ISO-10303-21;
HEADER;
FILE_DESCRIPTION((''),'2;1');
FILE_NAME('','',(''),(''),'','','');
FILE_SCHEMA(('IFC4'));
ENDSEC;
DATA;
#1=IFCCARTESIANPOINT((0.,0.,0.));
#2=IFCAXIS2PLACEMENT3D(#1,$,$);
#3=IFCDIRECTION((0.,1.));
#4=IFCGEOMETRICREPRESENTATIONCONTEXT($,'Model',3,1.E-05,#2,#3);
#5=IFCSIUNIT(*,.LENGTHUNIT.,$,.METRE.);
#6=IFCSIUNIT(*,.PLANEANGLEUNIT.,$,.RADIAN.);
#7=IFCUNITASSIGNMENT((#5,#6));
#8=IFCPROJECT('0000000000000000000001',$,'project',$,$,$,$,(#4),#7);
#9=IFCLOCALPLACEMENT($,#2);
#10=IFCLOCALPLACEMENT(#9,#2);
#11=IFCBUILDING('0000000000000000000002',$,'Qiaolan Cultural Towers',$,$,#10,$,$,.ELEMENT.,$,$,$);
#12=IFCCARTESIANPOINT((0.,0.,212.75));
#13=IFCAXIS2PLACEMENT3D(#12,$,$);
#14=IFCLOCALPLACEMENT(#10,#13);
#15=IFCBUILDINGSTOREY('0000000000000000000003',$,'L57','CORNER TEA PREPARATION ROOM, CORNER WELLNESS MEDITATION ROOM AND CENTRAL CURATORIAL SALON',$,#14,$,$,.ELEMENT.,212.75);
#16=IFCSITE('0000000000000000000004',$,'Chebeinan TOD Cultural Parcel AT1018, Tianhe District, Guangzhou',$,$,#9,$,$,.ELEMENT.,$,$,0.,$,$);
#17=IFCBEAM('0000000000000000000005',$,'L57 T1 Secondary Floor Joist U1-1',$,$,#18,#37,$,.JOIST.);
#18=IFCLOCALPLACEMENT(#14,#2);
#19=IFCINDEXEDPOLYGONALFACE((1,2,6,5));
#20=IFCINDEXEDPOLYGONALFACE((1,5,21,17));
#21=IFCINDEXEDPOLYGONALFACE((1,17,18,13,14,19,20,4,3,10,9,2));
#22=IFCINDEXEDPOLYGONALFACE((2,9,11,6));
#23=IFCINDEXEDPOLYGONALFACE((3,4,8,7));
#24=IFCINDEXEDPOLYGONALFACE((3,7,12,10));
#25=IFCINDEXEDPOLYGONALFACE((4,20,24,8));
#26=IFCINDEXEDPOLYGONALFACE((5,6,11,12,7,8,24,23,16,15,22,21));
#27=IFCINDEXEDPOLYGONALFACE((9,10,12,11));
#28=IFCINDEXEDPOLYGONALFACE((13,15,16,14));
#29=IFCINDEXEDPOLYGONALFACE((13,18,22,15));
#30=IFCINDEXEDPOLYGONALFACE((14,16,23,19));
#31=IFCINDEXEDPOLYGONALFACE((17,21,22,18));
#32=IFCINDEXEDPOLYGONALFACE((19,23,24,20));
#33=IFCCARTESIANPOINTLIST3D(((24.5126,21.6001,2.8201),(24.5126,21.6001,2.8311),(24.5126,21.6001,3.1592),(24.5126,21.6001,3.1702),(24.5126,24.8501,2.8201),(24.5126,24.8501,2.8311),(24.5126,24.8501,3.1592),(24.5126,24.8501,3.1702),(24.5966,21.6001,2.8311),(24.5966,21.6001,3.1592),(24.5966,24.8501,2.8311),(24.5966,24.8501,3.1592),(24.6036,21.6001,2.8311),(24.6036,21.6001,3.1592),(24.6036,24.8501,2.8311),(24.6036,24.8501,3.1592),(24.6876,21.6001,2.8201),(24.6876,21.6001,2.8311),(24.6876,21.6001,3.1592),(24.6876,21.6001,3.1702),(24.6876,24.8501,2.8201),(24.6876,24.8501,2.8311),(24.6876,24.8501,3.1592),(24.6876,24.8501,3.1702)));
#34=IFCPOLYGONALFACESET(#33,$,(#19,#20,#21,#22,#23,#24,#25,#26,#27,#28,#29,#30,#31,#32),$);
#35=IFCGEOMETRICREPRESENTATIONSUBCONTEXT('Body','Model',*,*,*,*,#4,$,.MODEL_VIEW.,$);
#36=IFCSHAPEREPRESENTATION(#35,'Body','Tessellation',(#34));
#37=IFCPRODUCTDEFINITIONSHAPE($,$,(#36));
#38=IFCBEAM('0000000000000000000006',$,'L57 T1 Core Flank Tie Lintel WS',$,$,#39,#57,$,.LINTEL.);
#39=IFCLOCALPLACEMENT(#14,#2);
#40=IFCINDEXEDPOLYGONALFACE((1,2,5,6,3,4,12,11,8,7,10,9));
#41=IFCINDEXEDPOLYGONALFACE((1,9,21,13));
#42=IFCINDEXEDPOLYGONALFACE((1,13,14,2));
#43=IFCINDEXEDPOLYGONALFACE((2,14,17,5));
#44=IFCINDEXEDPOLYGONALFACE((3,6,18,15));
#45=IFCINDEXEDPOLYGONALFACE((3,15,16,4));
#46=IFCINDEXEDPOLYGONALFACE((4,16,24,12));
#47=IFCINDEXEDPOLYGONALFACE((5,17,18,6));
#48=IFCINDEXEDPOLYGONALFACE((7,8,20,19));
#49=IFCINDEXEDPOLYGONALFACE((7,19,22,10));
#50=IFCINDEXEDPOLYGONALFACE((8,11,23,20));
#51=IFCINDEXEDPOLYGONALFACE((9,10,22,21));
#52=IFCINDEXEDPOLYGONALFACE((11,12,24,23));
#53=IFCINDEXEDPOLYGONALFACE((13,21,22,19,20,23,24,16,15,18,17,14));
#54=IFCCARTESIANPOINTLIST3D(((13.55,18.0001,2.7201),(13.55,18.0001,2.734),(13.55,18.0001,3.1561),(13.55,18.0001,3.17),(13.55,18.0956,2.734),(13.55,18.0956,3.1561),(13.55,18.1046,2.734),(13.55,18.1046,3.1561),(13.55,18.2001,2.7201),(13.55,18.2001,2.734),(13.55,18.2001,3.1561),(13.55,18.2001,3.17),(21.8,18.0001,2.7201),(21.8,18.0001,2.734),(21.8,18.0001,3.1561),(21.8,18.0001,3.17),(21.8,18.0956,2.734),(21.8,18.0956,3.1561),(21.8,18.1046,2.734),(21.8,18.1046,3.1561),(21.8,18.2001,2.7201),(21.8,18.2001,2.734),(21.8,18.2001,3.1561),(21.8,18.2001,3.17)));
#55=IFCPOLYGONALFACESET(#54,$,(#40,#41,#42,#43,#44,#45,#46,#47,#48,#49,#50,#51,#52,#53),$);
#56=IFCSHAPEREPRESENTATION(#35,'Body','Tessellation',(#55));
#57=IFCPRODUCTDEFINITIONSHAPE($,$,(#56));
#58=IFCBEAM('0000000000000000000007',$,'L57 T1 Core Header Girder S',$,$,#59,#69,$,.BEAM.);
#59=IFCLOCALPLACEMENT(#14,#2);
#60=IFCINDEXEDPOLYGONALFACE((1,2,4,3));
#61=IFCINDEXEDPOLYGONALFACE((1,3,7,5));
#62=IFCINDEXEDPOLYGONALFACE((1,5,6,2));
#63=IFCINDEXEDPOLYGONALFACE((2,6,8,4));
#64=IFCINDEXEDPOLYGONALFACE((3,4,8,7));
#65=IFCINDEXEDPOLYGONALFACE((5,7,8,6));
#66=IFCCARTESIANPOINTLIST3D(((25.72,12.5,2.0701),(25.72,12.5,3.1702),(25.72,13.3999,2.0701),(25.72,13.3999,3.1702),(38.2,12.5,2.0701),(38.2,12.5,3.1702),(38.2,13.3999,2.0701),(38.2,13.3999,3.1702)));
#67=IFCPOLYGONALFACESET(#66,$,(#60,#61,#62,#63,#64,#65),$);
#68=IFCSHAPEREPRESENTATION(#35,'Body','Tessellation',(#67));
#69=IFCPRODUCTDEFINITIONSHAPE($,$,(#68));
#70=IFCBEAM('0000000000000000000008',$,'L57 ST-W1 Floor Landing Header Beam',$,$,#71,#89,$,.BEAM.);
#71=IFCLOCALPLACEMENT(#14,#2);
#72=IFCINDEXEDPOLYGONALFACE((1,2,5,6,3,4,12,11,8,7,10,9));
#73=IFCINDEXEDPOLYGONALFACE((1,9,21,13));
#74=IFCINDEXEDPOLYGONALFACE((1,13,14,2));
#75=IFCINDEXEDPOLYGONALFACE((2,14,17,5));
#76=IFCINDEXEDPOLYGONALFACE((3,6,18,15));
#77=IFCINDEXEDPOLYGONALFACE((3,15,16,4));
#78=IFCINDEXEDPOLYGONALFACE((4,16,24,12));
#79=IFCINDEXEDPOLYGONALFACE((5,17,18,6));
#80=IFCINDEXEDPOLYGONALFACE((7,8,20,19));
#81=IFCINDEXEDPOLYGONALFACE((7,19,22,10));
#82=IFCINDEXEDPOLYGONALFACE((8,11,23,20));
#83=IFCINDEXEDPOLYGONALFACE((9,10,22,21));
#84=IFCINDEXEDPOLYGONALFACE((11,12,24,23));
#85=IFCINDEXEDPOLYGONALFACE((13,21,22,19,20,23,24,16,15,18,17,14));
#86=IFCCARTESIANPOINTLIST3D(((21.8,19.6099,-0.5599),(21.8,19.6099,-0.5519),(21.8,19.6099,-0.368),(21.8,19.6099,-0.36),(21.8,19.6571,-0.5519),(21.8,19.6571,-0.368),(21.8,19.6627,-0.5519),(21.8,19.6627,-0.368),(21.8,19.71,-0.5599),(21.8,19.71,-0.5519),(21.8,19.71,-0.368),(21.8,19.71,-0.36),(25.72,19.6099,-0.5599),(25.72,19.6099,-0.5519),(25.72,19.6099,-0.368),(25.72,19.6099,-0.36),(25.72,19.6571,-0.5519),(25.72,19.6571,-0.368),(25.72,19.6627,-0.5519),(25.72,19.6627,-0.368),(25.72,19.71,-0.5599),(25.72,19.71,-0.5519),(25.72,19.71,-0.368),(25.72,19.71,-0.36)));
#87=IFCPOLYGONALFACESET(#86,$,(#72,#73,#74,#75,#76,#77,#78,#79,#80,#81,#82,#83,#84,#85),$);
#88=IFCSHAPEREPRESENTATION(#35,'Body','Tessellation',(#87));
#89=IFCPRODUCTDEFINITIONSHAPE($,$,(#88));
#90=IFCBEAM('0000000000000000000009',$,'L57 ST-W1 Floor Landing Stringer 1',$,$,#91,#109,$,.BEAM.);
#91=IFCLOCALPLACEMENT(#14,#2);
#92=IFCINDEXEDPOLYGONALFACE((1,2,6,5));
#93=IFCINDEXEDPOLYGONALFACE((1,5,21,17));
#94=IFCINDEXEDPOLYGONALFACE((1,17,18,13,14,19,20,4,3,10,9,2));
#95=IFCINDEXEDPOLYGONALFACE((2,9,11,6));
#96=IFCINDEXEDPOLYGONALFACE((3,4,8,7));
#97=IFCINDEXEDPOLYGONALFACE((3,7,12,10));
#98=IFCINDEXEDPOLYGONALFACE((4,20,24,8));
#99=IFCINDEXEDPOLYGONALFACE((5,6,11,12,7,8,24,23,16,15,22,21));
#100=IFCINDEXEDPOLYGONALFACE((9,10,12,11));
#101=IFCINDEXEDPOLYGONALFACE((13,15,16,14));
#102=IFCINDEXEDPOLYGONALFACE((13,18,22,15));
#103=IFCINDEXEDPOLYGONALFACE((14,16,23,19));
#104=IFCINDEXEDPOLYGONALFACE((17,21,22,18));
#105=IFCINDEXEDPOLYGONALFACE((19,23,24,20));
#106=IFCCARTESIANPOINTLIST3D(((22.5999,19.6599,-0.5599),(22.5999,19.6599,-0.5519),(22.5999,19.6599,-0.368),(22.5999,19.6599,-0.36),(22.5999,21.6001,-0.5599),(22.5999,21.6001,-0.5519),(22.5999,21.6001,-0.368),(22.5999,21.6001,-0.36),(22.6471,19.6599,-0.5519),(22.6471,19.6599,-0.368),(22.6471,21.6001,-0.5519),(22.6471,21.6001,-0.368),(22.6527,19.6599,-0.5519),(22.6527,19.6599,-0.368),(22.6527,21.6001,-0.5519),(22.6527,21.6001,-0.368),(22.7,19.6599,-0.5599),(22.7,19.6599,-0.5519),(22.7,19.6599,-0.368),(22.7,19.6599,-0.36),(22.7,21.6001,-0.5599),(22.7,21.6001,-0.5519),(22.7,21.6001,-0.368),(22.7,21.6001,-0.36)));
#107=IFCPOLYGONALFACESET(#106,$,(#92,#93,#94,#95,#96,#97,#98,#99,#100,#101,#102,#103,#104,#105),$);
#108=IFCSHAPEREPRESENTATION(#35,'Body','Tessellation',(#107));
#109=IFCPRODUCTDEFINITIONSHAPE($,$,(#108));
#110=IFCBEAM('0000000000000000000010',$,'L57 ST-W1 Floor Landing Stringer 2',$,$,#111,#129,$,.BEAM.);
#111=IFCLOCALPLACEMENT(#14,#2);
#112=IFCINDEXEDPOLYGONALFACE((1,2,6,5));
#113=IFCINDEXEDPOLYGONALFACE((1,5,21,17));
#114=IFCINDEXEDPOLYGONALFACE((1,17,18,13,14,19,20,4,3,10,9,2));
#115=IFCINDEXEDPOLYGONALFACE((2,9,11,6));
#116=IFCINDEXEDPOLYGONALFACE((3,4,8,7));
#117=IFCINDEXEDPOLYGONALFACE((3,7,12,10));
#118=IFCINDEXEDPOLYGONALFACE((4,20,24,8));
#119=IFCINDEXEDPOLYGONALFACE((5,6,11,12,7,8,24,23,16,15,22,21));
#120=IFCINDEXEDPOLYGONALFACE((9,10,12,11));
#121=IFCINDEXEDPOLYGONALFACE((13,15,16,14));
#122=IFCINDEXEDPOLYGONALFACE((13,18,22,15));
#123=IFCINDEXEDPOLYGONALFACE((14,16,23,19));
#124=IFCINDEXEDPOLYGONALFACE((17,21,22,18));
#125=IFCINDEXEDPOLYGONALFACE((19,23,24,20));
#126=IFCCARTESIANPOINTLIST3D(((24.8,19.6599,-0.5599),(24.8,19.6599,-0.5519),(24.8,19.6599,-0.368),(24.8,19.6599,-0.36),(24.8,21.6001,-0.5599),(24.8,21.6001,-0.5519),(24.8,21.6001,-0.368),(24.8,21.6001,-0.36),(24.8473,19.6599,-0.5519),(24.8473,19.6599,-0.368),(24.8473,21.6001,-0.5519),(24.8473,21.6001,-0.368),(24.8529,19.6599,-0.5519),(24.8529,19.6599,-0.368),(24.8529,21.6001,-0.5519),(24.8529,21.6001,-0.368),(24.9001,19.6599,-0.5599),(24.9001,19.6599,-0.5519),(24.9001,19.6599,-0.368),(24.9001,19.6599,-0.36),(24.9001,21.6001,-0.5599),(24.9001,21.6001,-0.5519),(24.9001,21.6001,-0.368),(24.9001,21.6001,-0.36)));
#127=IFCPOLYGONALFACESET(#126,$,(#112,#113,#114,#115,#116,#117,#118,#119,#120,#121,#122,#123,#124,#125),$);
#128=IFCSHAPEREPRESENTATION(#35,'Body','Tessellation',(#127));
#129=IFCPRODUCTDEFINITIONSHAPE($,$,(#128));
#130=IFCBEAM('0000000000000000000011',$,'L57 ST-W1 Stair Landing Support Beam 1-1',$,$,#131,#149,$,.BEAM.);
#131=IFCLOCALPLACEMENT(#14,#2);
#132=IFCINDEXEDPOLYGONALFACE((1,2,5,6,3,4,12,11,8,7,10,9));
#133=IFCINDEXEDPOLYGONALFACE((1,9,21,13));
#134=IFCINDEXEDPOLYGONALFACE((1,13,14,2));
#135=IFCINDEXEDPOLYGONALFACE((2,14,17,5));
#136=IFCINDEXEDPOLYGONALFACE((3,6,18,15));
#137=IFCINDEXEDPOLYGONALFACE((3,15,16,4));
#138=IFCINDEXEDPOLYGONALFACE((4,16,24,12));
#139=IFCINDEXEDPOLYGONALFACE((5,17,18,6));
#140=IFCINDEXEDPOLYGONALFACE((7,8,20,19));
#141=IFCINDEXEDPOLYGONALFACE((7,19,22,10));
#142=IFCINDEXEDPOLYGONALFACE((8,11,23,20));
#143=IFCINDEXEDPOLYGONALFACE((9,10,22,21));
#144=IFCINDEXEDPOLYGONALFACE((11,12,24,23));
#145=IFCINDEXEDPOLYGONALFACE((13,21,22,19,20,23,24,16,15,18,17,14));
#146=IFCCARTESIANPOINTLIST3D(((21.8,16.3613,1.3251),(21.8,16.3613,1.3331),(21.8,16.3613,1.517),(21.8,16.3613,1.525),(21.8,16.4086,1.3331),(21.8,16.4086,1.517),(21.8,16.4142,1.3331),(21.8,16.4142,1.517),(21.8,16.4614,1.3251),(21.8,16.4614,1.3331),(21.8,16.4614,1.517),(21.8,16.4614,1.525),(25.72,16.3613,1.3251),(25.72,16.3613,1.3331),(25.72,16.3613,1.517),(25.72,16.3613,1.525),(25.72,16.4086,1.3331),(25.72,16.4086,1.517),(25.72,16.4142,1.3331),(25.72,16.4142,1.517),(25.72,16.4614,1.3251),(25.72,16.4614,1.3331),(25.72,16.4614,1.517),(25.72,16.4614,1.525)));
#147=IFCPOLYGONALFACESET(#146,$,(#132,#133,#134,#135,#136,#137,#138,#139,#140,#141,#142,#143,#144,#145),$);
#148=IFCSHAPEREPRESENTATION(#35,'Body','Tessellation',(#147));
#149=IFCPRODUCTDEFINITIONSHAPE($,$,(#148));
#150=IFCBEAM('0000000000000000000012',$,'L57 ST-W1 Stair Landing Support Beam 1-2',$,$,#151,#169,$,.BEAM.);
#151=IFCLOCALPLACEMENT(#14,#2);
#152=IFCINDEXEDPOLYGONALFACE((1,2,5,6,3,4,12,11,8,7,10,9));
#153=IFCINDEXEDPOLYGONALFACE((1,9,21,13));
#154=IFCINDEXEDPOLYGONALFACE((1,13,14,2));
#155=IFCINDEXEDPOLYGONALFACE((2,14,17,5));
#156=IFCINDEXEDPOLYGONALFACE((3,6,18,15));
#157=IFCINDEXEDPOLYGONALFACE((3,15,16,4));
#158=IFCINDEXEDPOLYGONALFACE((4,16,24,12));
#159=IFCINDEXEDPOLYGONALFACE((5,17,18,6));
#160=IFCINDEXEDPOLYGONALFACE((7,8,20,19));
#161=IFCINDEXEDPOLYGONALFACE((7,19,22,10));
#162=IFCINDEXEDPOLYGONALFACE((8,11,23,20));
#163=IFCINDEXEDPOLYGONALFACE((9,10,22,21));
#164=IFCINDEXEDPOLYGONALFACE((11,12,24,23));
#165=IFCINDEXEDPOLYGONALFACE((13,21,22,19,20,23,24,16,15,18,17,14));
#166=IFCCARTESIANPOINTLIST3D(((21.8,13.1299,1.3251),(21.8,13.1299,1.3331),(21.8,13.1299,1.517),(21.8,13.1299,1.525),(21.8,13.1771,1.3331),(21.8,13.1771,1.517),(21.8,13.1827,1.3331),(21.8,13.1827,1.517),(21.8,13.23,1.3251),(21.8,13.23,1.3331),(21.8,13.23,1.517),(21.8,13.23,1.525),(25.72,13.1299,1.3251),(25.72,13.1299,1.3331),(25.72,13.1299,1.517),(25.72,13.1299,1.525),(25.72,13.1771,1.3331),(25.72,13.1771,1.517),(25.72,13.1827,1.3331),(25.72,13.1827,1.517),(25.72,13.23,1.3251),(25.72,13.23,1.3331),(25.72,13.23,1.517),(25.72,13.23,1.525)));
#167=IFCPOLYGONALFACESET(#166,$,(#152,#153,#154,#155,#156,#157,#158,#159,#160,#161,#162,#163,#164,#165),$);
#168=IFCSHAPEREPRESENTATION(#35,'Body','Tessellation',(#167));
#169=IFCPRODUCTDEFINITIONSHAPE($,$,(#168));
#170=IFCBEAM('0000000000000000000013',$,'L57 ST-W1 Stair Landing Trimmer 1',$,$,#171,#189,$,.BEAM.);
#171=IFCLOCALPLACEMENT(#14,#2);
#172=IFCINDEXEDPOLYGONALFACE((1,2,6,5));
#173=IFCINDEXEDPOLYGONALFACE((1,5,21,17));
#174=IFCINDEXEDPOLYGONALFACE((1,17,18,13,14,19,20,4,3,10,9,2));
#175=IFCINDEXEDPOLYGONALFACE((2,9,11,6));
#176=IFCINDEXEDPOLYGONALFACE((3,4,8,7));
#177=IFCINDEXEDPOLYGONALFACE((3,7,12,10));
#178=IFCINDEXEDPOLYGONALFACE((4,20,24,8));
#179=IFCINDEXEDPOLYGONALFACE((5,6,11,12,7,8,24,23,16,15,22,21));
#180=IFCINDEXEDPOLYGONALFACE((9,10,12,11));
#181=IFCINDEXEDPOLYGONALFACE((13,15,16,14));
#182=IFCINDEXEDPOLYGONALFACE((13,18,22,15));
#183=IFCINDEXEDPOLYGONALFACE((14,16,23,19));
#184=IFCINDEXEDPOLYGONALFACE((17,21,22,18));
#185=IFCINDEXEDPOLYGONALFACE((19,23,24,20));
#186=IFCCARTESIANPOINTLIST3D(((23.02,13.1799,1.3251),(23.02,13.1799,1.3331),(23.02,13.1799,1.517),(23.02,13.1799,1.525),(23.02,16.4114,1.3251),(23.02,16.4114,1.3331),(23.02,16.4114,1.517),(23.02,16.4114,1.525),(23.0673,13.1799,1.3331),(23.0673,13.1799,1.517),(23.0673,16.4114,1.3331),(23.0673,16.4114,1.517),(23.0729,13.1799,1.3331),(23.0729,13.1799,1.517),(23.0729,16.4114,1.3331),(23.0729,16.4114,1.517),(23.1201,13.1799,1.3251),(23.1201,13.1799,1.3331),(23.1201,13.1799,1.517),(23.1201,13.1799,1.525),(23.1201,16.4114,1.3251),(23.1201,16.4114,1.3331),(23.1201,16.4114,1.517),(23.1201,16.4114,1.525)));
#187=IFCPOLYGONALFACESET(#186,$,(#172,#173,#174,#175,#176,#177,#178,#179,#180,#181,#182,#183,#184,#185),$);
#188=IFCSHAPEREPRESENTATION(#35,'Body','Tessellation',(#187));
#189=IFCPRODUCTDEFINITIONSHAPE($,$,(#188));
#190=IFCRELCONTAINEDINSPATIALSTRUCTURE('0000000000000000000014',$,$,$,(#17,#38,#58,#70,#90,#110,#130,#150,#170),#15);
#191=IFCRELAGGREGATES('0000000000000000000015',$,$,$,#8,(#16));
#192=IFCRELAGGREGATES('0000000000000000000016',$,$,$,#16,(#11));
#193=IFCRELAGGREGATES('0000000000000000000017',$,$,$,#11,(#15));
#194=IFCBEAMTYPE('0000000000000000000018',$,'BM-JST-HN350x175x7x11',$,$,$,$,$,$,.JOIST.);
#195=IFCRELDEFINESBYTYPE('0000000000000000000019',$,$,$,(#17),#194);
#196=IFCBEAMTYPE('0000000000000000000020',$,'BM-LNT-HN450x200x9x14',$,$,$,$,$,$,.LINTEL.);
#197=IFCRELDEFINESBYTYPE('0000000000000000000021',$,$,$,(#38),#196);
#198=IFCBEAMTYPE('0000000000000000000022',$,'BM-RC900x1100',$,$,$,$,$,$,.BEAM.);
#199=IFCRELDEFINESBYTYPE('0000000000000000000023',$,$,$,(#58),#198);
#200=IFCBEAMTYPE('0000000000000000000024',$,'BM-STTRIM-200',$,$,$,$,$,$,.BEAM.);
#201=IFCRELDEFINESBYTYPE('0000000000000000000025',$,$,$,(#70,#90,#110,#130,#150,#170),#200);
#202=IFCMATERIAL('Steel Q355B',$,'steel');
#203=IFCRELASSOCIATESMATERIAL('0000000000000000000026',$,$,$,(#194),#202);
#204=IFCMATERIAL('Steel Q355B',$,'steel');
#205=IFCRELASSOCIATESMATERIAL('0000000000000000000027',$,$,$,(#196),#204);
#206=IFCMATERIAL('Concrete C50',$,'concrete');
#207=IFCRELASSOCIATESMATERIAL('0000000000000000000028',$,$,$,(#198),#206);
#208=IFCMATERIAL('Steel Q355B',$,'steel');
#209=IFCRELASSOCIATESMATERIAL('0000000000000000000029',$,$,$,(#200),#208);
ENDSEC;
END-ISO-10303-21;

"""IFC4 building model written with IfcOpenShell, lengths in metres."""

from ifc_helpers import new_model, si_unit, direction, frame, origin, origin_2d, place, context, subcontext, project, spatial, rectangle, i_section, extrude, material, material_profile, profile_set, type_object, element, save


model = new_model("IFC4")

# Units and contexts
model_context = context("Model", 3, precision=1e-05, world=origin(), true_north=direction((0.0, 1.0)))
body_context = subcontext(model_context, "Body", "Model", "MODEL_VIEW")
ifc_project = project(units=[si_unit("LENGTHUNIT", "METRE"), si_unit("PLANEANGLEUNIT", "RADIAN")], contexts=[model_context])

# Site, building, storey
site_placement = place(None, origin())
site = spatial("IfcSite", under=ifc_project, at=site_placement, Name="Chebeinan TOD Cultural Parcel AT1018, Tianhe District, Guangzhou", CompositionType="ELEMENT", RefElevation=0.0)
building_placement = place(site_placement, origin())
building = spatial("IfcBuilding", under=site, at=building_placement, Name="Qiaolan Cultural Towers", CompositionType="ELEMENT")
storey_placement = place(building_placement, frame((0.0, 0.0, 212.75)))
storey = spatial("IfcBuildingStorey", under=building, at=storey_placement, Name="L57", Description="CORNER TEA PREPARATION ROOM, CORNER WELLNESS MEDITATION ROOM AND CENTRAL CURATORIAL SALON", CompositionType="ELEMENT", Elevation=212.75)

# Beams
ifc_material_1 = material(Name="Steel Q355B", Category="steel")
ifc_material_profile_1 = material_profile(ifc_material_1, i_section(OverallWidth=0.175, OverallDepth=0.3501, WebThickness=0.0071, FlangeThickness=0.011, at=origin_2d()), Name="HN350x175x7x11")
ifc_profile_set_1 = profile_set([ifc_material_profile_1], Name="Steel Q355B")
beam_type_1 = type_object("IfcBeamType", Name="BM-JST-HN350x175x7x11", PredefinedType="JOIST", material=ifc_profile_set_1)
beam_1_placement = place(storey_placement, frame((24.6001, 21.6001, 2.9951), z_axis=(0.0, 1.0, 0.0), x_axis=(-1.0, 0.0, 0.0)))
element("IfcBeam", 1, at=beam_1_placement, inside=storey, type_object=beam_type_1, Name="L57 T1 Secondary Floor Joist U1-1", PredefinedType="JOIST", context=body_context, shape_type="SweptSolid", body=[
    extrude(i_section(OverallWidth=0.175, OverallDepth=0.3501, WebThickness=0.0071, FlangeThickness=0.011, at=origin_2d()), origin(), (0.0, 0.0, 1.0), 3.25),
])
ifc_material_2 = material(Name="Steel Q355B", Category="steel")
ifc_material_profile_2 = material_profile(ifc_material_2, i_section(OverallWidth=0.2, OverallDepth=0.45, WebThickness=0.009, FlangeThickness=0.0139, at=origin_2d()), Name="HN450x200x9x14")
ifc_profile_set_2 = profile_set([ifc_material_profile_2], Name="Steel Q355B")
beam_type_2 = type_object("IfcBeamType", Name="BM-LNT-HN450x200x9x14", PredefinedType="LINTEL", material=ifc_profile_set_2)
beam_2_placement = place(storey_placement, frame((21.8, 18.1001, 2.9451), z_axis=(-1.0, 0.0, 0.0), x_axis=(0.0, -1.0, 0.0)))
element("IfcBeam", 2, at=beam_2_placement, inside=storey, type_object=beam_type_2, Name="L57 T1 Core Flank Tie Lintel WS", PredefinedType="LINTEL", context=body_context, shape_type="SweptSolid", body=[
    extrude(i_section(OverallWidth=0.2, OverallDepth=0.45, WebThickness=0.009, FlangeThickness=0.0139, at=origin_2d()), origin(), (0.0, 0.0, 1.0), 8.25),
])
ifc_material_3 = material(Name="Concrete C50", Category="concrete")
ifc_material_profile_3 = material_profile(ifc_material_3, rectangle(XDim=0.8999, YDim=1.1001, at=origin_2d()), Name="RC900x1100")
ifc_profile_set_3 = profile_set([ifc_material_profile_3], Name="Concrete C50")
beam_type_3 = type_object("IfcBeamType", Name="BM-RC900x1100", PredefinedType="BEAM", material=ifc_profile_set_3)
beam_3_placement = place(storey_placement, frame((25.72, 12.95, 2.6201), z_axis=(1.0, 0.0, 0.0), x_axis=(0.0, 1.0, 0.0)))
element("IfcBeam", 3, at=beam_3_placement, inside=storey, type_object=beam_type_3, Name="L57 T1 Core Header Girder S", PredefinedType="BEAM", context=body_context, shape_type="SweptSolid", body=[
    extrude(rectangle(XDim=0.8999, YDim=1.1001, at=origin_2d()), origin(), (0.0, 0.0, 1.0), 12.48),
])
ifc_material_4 = material(Name="Steel Q355B", Category="steel")
ifc_material_profile_4 = material_profile(ifc_material_4, i_section(OverallWidth=0.1001, OverallDepth=0.2, WebThickness=0.0056, FlangeThickness=0.0081, at=origin_2d()), Name="HN200x100x5.5x8")
ifc_profile_set_4 = profile_set([ifc_material_profile_4], Name="Steel Q355B")
beam_type_4 = type_object("IfcBeamType", Name="BM-STTRIM-200", PredefinedType="BEAM", material=ifc_profile_set_4)
beam_4_placement = place(storey_placement, frame((21.8, 19.6599, -0.46), z_axis=(1.0, 0.0, 0.0), x_axis=(0.0, 1.0, 0.0)))
element("IfcBeam", 4, at=beam_4_placement, inside=storey, type_object=beam_type_4, Name="L57 ST-W1 Floor Landing Header Beam", PredefinedType="BEAM", context=body_context, shape_type="SweptSolid", body=[
    extrude(i_section(OverallWidth=0.1001, OverallDepth=0.2, WebThickness=0.0056, FlangeThickness=0.0081, at=origin_2d()), origin(), (0.0, 0.0, 1.0), 3.9199),
])
for number, where, z_axis, x_axis, name in (
    (5, (22.6499, 21.6001, -0.46), (0.0, -1.0, 0.0), (1.0, 0.0, 0.0), "L57 ST-W1 Floor Landing Stringer 1"),
    (6, (24.8501, 21.6001, -0.46), (0.0, -1.0, 0.0), (1.0, 0.0, 0.0), "L57 ST-W1 Floor Landing Stringer 2"),
):
    element("IfcBeam", number, at=place(storey_placement, frame(where, z_axis=z_axis, x_axis=x_axis)), inside=storey, type_object=beam_type_4, Name=name, PredefinedType="BEAM", context=body_context, shape_type="SweptSolid", body=[
        extrude(i_section(OverallWidth=0.1001, OverallDepth=0.2, WebThickness=0.0056, FlangeThickness=0.0081, at=origin_2d()), origin(), (0.0, 0.0, 1.0), 1.9402),
    ])
for number, where, z_axis, x_axis, name in (
    (7, (21.8, 16.4114, 1.425), (1.0, 0.0, 0.0), (0.0, 1.0, 0.0), "L57 ST-W1 Stair Landing Support Beam 1-1"),
    (8, (21.8, 13.1799, 1.425), (1.0, 0.0, 0.0), (0.0, 1.0, 0.0), "L57 ST-W1 Stair Landing Support Beam 1-2"),
):
    element("IfcBeam", number, at=place(storey_placement, frame(where, z_axis=z_axis, x_axis=x_axis)), inside=storey, type_object=beam_type_4, Name=name, PredefinedType="BEAM", context=body_context, shape_type="SweptSolid", body=[
        extrude(i_section(OverallWidth=0.1001, OverallDepth=0.2, WebThickness=0.0056, FlangeThickness=0.0081, at=origin_2d()), origin(), (0.0, 0.0, 1.0), 3.9199),
    ])
beam_5_placement = place(storey_placement, frame((23.0701, 16.4114, 1.425), z_axis=(0.0, -1.0, 0.0), x_axis=(1.0, 0.0, 0.0)))
element("IfcBeam", 9, at=beam_5_placement, inside=storey, type_object=beam_type_4, Name="L57 ST-W1 Stair Landing Trimmer 1", PredefinedType="BEAM", context=body_context, shape_type="SweptSolid", body=[
    extrude(i_section(OverallWidth=0.1001, OverallDepth=0.2, WebThickness=0.0056, FlangeThickness=0.0081, at=origin_2d()), origin(), (0.0, 0.0, 1.0), 3.2314),
])

save(model, "model.ifc")
